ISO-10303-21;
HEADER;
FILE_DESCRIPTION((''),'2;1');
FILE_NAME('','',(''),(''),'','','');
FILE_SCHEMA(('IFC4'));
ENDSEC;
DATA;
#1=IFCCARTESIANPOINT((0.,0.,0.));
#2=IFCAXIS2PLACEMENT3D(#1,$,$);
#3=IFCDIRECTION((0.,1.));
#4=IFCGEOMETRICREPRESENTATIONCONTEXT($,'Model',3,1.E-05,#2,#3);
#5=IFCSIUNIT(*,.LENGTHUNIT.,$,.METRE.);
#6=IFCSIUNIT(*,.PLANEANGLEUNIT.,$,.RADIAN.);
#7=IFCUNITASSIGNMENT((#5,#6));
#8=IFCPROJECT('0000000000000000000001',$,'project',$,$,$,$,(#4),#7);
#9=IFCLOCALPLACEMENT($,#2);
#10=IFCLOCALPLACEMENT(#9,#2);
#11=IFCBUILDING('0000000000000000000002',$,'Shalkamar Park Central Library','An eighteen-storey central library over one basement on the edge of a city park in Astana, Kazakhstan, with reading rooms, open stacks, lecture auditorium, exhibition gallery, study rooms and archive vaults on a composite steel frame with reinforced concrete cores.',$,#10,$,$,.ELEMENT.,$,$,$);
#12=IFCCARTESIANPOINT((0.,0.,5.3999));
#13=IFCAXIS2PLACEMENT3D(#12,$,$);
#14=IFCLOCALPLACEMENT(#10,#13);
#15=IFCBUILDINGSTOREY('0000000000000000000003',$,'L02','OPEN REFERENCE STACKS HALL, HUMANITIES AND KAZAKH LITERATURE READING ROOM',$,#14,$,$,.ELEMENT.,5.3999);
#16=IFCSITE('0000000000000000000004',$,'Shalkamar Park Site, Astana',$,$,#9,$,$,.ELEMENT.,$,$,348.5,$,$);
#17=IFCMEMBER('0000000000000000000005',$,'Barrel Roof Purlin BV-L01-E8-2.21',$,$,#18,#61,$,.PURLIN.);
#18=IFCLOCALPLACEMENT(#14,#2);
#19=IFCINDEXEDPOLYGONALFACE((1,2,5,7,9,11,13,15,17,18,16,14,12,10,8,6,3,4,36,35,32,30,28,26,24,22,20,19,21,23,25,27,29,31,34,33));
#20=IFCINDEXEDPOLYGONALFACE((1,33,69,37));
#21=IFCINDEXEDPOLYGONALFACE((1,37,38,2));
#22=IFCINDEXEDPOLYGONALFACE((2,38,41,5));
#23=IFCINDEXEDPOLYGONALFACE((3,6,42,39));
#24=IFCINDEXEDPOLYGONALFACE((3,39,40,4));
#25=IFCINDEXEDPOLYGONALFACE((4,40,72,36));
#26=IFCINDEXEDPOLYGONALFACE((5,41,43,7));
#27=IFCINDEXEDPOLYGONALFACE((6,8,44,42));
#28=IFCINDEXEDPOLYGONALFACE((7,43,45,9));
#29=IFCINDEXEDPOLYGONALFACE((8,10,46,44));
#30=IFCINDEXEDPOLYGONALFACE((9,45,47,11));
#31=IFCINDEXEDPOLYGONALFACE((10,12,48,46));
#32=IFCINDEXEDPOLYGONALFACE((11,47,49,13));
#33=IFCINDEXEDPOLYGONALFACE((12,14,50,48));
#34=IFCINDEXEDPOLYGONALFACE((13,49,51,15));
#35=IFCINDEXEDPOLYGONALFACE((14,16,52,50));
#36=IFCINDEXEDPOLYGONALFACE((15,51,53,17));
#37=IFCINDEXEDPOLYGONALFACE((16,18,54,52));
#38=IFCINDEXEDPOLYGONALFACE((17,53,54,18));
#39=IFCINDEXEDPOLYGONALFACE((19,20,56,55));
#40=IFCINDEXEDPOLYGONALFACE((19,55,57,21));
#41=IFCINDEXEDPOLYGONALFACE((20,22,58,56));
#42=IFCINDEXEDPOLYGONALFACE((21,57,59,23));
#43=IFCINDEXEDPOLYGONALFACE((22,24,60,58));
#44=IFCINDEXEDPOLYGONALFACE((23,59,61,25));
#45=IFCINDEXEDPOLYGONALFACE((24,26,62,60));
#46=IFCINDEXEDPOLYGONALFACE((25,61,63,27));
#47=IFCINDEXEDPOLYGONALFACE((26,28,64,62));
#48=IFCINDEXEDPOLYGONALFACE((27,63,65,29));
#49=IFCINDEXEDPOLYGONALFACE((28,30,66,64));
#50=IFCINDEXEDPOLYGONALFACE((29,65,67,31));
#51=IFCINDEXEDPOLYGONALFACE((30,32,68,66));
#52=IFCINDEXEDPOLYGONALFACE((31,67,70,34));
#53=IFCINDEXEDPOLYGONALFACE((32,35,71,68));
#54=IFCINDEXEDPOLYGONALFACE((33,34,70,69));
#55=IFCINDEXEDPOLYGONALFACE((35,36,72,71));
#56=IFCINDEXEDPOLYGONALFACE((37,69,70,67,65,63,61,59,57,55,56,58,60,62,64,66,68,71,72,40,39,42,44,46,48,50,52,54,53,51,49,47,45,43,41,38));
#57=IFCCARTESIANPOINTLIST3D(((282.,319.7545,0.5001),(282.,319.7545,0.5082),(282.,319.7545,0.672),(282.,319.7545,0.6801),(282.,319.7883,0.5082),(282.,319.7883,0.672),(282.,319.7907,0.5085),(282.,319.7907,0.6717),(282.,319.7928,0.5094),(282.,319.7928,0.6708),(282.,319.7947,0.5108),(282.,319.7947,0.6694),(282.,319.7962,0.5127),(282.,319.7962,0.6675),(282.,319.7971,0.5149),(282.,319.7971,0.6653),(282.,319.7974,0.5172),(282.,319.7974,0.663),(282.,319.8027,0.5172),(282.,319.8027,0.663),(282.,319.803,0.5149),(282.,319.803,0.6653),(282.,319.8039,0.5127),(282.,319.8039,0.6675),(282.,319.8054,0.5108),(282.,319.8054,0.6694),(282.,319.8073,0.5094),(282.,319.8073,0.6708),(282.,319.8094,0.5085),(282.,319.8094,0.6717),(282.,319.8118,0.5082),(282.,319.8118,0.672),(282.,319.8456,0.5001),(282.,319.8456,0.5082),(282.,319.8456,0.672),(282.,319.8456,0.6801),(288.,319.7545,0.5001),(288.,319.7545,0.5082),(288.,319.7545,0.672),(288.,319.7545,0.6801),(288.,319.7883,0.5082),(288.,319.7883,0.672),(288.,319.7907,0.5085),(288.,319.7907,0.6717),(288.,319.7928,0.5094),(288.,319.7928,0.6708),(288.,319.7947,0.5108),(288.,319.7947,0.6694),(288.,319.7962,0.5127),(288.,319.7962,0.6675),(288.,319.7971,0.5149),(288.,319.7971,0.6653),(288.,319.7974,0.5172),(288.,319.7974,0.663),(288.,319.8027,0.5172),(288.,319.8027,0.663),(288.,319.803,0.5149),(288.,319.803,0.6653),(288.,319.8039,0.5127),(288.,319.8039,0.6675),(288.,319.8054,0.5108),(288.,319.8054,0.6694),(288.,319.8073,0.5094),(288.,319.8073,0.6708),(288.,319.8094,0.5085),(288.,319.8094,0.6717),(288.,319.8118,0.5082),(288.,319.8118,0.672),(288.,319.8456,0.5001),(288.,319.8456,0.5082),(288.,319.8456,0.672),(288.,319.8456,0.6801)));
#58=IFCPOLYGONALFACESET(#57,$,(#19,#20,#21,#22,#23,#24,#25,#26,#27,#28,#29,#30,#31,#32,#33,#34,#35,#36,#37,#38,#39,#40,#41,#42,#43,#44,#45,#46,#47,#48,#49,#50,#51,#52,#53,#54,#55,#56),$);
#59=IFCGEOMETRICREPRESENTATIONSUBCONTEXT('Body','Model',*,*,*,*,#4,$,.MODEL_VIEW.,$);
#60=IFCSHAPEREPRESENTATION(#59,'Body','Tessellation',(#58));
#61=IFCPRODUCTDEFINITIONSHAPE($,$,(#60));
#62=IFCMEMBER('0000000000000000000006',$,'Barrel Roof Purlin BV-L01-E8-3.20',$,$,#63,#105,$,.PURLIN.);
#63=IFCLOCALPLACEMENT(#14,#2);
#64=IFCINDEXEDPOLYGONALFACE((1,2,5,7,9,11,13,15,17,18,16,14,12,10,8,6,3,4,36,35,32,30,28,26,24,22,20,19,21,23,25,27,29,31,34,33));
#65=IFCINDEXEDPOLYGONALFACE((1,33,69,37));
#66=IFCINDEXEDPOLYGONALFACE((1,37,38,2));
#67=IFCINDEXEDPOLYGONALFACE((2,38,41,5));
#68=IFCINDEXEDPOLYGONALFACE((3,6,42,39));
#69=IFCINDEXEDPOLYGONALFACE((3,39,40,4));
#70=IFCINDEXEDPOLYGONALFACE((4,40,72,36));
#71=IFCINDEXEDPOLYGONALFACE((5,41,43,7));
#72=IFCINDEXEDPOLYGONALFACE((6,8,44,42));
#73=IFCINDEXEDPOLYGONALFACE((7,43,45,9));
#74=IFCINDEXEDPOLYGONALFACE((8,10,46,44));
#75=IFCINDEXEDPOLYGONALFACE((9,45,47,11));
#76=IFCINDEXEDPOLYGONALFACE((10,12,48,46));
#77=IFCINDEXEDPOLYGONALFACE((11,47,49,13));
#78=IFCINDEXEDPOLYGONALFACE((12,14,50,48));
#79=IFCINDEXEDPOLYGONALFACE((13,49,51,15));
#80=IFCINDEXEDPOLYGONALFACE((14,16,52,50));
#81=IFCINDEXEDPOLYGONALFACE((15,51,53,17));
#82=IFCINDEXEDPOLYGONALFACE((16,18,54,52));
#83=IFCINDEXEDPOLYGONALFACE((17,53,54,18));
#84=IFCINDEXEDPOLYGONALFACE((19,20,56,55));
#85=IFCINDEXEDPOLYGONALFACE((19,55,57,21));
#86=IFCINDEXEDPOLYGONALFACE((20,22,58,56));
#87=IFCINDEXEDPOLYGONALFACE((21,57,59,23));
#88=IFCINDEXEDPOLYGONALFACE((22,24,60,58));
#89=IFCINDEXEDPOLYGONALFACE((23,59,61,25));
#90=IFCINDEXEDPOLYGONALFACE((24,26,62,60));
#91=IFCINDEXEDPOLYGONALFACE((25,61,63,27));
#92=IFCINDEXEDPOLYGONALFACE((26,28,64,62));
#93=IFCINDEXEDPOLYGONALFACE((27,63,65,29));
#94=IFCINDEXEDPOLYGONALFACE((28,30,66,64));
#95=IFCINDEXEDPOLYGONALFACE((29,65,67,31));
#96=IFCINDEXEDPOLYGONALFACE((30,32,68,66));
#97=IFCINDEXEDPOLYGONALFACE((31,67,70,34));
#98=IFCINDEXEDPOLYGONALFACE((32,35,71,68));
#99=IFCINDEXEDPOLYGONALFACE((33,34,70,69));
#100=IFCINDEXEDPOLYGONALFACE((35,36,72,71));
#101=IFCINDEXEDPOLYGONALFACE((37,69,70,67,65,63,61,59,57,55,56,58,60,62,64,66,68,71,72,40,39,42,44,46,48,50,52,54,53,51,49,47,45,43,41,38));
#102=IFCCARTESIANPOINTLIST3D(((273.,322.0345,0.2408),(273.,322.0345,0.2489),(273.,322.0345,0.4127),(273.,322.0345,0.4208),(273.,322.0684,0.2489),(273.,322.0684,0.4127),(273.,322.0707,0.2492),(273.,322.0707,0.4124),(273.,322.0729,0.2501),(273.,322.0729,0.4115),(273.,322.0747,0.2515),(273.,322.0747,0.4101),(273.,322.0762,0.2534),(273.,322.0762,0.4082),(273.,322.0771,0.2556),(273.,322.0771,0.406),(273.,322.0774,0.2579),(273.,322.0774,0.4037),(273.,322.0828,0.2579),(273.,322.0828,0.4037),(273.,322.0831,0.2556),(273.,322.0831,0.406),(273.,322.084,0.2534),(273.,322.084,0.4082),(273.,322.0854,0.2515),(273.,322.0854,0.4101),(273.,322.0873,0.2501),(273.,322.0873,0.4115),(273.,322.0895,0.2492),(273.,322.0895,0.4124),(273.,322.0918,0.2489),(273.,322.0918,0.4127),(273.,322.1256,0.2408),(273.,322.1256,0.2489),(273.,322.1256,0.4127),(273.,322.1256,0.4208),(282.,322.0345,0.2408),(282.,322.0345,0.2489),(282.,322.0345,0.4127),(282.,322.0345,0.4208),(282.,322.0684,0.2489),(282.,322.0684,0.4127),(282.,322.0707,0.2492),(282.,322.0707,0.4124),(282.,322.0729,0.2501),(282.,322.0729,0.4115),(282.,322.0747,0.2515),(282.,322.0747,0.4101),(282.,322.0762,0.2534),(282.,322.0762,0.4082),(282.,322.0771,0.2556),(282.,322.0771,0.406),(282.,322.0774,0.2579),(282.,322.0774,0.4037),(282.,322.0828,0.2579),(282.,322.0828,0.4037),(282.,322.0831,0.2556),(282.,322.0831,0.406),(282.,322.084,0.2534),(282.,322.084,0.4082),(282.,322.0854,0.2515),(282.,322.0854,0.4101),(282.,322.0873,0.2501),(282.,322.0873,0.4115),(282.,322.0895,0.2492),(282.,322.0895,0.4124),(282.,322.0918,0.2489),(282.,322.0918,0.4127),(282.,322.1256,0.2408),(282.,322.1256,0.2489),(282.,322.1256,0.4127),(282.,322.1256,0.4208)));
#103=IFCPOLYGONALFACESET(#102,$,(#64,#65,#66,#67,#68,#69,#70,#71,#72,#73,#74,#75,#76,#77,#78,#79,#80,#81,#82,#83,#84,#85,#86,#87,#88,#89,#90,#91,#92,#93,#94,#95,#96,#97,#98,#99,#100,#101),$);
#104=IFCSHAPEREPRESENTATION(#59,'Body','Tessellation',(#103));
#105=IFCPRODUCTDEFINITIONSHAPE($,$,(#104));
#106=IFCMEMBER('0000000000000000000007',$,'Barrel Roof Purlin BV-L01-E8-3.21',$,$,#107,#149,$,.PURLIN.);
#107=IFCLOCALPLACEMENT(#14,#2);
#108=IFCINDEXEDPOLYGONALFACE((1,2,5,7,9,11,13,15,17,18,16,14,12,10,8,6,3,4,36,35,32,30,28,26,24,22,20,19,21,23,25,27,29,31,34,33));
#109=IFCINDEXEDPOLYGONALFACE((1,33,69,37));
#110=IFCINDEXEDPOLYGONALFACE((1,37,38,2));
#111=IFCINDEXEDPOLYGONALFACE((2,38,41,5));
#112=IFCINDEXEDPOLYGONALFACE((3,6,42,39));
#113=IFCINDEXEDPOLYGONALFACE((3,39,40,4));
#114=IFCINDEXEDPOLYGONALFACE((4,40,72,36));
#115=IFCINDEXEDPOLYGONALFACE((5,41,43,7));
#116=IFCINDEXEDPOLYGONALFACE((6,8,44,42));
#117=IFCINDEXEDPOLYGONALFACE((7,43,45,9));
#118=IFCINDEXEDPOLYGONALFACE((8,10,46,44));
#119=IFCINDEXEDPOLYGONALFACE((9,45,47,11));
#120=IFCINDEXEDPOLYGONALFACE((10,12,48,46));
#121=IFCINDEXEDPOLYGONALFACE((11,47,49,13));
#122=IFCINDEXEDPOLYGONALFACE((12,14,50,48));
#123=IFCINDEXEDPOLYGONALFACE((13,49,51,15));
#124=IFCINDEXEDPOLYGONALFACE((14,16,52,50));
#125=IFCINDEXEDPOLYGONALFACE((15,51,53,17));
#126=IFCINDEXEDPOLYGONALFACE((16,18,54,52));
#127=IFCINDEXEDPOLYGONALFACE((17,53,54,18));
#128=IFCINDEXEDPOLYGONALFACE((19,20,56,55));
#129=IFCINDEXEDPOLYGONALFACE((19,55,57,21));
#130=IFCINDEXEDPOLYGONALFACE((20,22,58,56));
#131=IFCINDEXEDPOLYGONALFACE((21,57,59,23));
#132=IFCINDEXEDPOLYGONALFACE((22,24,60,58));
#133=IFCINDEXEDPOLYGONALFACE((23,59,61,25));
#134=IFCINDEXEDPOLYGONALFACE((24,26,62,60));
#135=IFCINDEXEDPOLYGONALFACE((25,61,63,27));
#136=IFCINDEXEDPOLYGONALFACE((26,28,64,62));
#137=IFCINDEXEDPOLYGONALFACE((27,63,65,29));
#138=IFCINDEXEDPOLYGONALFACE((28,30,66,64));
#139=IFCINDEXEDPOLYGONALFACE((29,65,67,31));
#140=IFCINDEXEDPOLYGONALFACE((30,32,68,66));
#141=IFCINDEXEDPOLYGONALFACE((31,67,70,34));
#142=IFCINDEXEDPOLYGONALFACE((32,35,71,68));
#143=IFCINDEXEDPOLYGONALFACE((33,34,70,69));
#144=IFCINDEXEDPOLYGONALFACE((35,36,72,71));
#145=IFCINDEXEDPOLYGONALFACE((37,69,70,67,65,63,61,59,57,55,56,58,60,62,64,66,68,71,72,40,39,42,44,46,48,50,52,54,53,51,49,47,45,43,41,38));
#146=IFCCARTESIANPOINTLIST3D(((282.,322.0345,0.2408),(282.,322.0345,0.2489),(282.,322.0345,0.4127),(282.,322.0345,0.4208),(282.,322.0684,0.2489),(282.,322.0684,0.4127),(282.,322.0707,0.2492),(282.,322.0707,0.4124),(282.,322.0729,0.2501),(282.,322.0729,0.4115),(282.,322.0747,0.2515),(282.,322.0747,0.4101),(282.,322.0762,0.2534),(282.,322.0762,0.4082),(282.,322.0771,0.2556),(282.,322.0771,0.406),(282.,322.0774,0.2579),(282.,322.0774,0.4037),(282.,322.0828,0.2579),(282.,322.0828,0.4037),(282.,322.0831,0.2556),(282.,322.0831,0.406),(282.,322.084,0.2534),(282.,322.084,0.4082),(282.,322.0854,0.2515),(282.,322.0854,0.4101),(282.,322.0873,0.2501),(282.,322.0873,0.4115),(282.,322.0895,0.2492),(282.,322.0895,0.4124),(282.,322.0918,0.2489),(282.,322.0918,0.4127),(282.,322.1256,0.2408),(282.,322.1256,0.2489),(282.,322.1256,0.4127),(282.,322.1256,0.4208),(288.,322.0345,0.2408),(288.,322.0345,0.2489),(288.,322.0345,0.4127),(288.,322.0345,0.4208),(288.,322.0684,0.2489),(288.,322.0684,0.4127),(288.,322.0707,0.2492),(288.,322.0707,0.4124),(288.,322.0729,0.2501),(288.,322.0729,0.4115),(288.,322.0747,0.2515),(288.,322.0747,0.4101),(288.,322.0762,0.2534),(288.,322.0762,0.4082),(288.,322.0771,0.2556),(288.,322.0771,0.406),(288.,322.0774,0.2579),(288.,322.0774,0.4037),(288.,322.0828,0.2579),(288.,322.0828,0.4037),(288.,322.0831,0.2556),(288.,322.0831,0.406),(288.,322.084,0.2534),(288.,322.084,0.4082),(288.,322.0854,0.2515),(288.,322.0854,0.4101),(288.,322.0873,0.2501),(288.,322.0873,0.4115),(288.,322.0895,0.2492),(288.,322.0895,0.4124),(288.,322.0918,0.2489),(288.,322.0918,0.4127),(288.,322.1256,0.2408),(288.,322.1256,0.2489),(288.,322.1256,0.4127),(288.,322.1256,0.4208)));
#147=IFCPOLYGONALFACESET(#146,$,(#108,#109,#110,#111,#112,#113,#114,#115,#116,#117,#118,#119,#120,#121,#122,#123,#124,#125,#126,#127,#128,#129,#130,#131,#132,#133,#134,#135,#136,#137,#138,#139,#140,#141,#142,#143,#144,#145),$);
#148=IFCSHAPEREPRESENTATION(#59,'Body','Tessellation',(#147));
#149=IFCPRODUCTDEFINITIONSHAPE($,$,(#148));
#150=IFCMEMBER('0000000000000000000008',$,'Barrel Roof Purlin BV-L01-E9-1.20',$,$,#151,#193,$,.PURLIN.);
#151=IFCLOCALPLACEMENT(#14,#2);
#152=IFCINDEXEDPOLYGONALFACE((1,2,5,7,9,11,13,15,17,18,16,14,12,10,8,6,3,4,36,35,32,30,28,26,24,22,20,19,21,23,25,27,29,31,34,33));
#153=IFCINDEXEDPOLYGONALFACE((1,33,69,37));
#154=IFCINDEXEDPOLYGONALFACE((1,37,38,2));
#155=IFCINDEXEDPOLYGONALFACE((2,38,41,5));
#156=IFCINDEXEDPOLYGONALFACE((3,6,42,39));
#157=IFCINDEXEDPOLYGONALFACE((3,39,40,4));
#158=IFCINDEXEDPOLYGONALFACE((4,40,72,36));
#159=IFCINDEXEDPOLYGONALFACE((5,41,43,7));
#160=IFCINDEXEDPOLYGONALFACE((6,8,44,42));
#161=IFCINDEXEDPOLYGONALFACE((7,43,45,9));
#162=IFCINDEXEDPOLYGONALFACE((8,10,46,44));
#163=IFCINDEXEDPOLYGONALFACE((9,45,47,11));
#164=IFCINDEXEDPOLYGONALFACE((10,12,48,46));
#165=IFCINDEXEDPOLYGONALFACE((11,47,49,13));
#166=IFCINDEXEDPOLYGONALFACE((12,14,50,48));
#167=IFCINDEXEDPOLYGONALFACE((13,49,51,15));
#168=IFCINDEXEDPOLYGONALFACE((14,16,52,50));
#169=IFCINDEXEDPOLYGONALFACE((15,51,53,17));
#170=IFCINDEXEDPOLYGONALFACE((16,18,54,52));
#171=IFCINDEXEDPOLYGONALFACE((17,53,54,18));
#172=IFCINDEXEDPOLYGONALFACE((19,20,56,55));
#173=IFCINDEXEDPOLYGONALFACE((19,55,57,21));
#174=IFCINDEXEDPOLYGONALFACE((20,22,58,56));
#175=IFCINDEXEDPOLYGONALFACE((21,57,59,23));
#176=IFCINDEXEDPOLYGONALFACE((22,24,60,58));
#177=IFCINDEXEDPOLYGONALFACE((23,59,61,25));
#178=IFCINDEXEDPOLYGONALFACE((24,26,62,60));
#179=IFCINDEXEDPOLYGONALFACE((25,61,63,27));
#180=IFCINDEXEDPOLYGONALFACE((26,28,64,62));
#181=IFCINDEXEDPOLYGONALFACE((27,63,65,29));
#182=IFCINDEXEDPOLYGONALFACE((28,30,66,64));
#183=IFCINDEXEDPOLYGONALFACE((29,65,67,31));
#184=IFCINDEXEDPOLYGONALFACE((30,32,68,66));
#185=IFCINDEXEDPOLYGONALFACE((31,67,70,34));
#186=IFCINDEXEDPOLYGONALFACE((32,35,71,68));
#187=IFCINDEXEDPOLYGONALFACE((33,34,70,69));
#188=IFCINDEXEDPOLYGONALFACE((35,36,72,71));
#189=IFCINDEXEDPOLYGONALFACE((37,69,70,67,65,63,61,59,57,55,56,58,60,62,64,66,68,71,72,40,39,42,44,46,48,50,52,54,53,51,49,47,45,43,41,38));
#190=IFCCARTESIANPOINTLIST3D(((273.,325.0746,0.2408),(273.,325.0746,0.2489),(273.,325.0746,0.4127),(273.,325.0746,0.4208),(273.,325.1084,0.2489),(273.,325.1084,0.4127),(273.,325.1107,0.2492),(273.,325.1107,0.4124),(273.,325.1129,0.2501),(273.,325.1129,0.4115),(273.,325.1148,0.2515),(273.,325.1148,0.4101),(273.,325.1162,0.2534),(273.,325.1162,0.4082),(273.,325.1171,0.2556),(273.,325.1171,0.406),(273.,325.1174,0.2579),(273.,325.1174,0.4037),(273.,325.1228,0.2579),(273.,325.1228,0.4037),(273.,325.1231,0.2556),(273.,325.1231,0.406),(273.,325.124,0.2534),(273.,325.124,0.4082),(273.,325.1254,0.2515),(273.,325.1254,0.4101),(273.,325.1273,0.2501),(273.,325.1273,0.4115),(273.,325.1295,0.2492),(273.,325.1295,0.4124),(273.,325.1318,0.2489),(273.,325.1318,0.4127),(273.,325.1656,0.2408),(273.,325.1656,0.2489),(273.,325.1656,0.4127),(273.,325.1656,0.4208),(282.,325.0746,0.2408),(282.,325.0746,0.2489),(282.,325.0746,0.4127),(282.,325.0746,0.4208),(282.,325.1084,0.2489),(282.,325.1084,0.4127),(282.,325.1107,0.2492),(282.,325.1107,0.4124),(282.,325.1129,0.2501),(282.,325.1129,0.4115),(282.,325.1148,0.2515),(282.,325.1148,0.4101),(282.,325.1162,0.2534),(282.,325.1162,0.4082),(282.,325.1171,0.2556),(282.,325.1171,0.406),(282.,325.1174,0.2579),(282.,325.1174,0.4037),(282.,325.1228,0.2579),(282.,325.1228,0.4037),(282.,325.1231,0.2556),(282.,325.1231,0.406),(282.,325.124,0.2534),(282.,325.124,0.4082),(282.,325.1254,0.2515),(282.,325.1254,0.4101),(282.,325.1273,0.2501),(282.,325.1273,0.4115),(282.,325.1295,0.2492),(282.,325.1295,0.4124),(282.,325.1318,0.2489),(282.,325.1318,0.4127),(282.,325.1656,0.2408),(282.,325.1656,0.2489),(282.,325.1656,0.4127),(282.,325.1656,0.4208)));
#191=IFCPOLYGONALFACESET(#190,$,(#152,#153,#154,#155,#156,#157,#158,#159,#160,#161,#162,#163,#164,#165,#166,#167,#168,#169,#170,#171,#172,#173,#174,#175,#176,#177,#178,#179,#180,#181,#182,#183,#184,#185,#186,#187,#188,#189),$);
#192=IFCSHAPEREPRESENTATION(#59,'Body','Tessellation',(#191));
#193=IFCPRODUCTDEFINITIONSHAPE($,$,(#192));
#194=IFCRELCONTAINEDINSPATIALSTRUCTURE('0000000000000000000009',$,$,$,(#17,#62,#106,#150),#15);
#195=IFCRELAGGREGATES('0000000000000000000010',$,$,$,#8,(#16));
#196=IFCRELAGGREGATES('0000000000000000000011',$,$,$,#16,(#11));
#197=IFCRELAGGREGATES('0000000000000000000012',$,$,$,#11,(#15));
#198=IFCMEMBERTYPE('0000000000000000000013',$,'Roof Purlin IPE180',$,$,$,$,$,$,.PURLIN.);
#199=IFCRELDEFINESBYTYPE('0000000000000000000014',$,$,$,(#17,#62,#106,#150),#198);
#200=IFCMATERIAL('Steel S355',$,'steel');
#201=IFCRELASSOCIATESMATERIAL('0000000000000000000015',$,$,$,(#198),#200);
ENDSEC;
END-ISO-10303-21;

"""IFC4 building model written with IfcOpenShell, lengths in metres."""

from ifc_helpers import new_model, si_unit, direction, frame, origin, origin_2d, place, context, subcontext, project, spatial, i_section, extrude, material, material_profile, profile_set, type_object, element, save


model = new_model("IFC4")

# Units and contexts
model_context = context("Model", 3, precision=1e-05, world=origin(), true_north=direction((0.0, 1.0)))
body_context = subcontext(model_context, "Body", "Model", "MODEL_VIEW")
ifc_project = project(units=[si_unit("LENGTHUNIT", "METRE"), si_unit("PLANEANGLEUNIT", "RADIAN")], contexts=[model_context])

# Site, building, storey
site_placement = place(None, origin())
site = spatial("IfcSite", under=ifc_project, at=site_placement, Name="Shalkamar Park Site, Astana", CompositionType="ELEMENT", RefElevation=348.5)
building_placement = place(site_placement, origin())
building = spatial("IfcBuilding", under=site, at=building_placement, Name="Shalkamar Park Central Library", Description="An eighteen-storey central library over one basement on the edge of a city park in Astana, Kazakhstan, with reading rooms, open stacks, lecture auditorium, exhibition gallery, study rooms and archive vaults on a composite steel frame with reinforced concrete cores.", CompositionType="ELEMENT")
storey_placement = place(building_placement, frame((0.0, 0.0, 5.3999)))
storey = spatial("IfcBuildingStorey", under=building, at=storey_placement, Name="L02", Description="OPEN REFERENCE STACKS HALL, HUMANITIES AND KAZAKH LITERATURE READING ROOM", CompositionType="ELEMENT", Elevation=5.3999)

# Shared definitions
ifc_material_1 = material(Name="Steel S355", Category="steel")

# Members
ifc_material_profile_1 = material_profile(ifc_material_1, i_section(OverallWidth=0.0911, OverallDepth=0.1799, WebThickness=0.0054, FlangeThickness=0.0081, FilletRadius=0.009, at=origin_2d()), Name="IPE 180")
ifc_profile_set_1 = profile_set([ifc_material_profile_1], Name="Steel S355")
member_type_1 = type_object("IfcMemberType", Name="Roof Purlin IPE180", PredefinedType="PURLIN", material=ifc_profile_set_1)
member_1_placement = place(storey_placement, frame((282.0, 319.8, 0.5901), z_axis=(1.0, 0.0, 0.0), x_axis=(0.0, 1.0, 0.0)))
element("IfcMember", 1, at=member_1_placement, inside=storey, type_object=member_type_1, Name="Barrel Roof Purlin BV-L01-E8-2.21", PredefinedType="PURLIN", context=body_context, shape_type="SweptSolid", body=[
    extrude(i_section(OverallWidth=0.0911, OverallDepth=0.1799, WebThickness=0.0054, FlangeThickness=0.0081, FilletRadius=0.009, at=origin_2d()), origin(), (0.0, 0.0, 1.0), 6.0),
])
member_2_placement = place(storey_placement, frame((273.0, 322.0801, 0.3308), z_axis=(1.0, 0.0, 0.0), x_axis=(0.0, 1.0, 0.0)))
element("IfcMember", 2, at=member_2_placement, inside=storey, type_object=member_type_1, Name="Barrel Roof Purlin BV-L01-E8-3.20", PredefinedType="PURLIN", context=body_context, shape_type="SweptSolid", body=[
    extrude(i_section(OverallWidth=0.0911, OverallDepth=0.1799, WebThickness=0.0054, FlangeThickness=0.0081, FilletRadius=0.009, at=origin_2d()), origin(), (0.0, 0.0, 1.0), 9.0),
])
member_3_placement = place(storey_placement, frame((282.0, 322.0801, 0.3308), z_axis=(1.0, 0.0, 0.0), x_axis=(0.0, 1.0, 0.0)))
element("IfcMember", 3, at=member_3_placement, inside=storey, type_object=member_type_1, Name="Barrel Roof Purlin BV-L01-E8-3.21", PredefinedType="PURLIN", context=body_context, shape_type="SweptSolid", body=[
    extrude(i_section(OverallWidth=0.0911, OverallDepth=0.1799, WebThickness=0.0054, FlangeThickness=0.0081, FilletRadius=0.009, at=origin_2d()), origin(), (0.0, 0.0, 1.0), 6.0),
])
member_4_placement = place(storey_placement, frame((273.0, 325.1201, 0.3308), z_axis=(1.0, 0.0, 0.0), x_axis=(0.0, 1.0, 0.0)))
element("IfcMember", 4, at=member_4_placement, inside=storey, type_object=member_type_1, Name="Barrel Roof Purlin BV-L01-E9-1.20", PredefinedType="PURLIN", context=body_context, shape_type="SweptSolid", body=[
    extrude(i_section(OverallWidth=0.0911, OverallDepth=0.1799, WebThickness=0.0054, FlangeThickness=0.0081, FilletRadius=0.009, at=origin_2d()), origin(), (0.0, 0.0, 1.0), 9.0),
])

save(model, "model.ifc")
